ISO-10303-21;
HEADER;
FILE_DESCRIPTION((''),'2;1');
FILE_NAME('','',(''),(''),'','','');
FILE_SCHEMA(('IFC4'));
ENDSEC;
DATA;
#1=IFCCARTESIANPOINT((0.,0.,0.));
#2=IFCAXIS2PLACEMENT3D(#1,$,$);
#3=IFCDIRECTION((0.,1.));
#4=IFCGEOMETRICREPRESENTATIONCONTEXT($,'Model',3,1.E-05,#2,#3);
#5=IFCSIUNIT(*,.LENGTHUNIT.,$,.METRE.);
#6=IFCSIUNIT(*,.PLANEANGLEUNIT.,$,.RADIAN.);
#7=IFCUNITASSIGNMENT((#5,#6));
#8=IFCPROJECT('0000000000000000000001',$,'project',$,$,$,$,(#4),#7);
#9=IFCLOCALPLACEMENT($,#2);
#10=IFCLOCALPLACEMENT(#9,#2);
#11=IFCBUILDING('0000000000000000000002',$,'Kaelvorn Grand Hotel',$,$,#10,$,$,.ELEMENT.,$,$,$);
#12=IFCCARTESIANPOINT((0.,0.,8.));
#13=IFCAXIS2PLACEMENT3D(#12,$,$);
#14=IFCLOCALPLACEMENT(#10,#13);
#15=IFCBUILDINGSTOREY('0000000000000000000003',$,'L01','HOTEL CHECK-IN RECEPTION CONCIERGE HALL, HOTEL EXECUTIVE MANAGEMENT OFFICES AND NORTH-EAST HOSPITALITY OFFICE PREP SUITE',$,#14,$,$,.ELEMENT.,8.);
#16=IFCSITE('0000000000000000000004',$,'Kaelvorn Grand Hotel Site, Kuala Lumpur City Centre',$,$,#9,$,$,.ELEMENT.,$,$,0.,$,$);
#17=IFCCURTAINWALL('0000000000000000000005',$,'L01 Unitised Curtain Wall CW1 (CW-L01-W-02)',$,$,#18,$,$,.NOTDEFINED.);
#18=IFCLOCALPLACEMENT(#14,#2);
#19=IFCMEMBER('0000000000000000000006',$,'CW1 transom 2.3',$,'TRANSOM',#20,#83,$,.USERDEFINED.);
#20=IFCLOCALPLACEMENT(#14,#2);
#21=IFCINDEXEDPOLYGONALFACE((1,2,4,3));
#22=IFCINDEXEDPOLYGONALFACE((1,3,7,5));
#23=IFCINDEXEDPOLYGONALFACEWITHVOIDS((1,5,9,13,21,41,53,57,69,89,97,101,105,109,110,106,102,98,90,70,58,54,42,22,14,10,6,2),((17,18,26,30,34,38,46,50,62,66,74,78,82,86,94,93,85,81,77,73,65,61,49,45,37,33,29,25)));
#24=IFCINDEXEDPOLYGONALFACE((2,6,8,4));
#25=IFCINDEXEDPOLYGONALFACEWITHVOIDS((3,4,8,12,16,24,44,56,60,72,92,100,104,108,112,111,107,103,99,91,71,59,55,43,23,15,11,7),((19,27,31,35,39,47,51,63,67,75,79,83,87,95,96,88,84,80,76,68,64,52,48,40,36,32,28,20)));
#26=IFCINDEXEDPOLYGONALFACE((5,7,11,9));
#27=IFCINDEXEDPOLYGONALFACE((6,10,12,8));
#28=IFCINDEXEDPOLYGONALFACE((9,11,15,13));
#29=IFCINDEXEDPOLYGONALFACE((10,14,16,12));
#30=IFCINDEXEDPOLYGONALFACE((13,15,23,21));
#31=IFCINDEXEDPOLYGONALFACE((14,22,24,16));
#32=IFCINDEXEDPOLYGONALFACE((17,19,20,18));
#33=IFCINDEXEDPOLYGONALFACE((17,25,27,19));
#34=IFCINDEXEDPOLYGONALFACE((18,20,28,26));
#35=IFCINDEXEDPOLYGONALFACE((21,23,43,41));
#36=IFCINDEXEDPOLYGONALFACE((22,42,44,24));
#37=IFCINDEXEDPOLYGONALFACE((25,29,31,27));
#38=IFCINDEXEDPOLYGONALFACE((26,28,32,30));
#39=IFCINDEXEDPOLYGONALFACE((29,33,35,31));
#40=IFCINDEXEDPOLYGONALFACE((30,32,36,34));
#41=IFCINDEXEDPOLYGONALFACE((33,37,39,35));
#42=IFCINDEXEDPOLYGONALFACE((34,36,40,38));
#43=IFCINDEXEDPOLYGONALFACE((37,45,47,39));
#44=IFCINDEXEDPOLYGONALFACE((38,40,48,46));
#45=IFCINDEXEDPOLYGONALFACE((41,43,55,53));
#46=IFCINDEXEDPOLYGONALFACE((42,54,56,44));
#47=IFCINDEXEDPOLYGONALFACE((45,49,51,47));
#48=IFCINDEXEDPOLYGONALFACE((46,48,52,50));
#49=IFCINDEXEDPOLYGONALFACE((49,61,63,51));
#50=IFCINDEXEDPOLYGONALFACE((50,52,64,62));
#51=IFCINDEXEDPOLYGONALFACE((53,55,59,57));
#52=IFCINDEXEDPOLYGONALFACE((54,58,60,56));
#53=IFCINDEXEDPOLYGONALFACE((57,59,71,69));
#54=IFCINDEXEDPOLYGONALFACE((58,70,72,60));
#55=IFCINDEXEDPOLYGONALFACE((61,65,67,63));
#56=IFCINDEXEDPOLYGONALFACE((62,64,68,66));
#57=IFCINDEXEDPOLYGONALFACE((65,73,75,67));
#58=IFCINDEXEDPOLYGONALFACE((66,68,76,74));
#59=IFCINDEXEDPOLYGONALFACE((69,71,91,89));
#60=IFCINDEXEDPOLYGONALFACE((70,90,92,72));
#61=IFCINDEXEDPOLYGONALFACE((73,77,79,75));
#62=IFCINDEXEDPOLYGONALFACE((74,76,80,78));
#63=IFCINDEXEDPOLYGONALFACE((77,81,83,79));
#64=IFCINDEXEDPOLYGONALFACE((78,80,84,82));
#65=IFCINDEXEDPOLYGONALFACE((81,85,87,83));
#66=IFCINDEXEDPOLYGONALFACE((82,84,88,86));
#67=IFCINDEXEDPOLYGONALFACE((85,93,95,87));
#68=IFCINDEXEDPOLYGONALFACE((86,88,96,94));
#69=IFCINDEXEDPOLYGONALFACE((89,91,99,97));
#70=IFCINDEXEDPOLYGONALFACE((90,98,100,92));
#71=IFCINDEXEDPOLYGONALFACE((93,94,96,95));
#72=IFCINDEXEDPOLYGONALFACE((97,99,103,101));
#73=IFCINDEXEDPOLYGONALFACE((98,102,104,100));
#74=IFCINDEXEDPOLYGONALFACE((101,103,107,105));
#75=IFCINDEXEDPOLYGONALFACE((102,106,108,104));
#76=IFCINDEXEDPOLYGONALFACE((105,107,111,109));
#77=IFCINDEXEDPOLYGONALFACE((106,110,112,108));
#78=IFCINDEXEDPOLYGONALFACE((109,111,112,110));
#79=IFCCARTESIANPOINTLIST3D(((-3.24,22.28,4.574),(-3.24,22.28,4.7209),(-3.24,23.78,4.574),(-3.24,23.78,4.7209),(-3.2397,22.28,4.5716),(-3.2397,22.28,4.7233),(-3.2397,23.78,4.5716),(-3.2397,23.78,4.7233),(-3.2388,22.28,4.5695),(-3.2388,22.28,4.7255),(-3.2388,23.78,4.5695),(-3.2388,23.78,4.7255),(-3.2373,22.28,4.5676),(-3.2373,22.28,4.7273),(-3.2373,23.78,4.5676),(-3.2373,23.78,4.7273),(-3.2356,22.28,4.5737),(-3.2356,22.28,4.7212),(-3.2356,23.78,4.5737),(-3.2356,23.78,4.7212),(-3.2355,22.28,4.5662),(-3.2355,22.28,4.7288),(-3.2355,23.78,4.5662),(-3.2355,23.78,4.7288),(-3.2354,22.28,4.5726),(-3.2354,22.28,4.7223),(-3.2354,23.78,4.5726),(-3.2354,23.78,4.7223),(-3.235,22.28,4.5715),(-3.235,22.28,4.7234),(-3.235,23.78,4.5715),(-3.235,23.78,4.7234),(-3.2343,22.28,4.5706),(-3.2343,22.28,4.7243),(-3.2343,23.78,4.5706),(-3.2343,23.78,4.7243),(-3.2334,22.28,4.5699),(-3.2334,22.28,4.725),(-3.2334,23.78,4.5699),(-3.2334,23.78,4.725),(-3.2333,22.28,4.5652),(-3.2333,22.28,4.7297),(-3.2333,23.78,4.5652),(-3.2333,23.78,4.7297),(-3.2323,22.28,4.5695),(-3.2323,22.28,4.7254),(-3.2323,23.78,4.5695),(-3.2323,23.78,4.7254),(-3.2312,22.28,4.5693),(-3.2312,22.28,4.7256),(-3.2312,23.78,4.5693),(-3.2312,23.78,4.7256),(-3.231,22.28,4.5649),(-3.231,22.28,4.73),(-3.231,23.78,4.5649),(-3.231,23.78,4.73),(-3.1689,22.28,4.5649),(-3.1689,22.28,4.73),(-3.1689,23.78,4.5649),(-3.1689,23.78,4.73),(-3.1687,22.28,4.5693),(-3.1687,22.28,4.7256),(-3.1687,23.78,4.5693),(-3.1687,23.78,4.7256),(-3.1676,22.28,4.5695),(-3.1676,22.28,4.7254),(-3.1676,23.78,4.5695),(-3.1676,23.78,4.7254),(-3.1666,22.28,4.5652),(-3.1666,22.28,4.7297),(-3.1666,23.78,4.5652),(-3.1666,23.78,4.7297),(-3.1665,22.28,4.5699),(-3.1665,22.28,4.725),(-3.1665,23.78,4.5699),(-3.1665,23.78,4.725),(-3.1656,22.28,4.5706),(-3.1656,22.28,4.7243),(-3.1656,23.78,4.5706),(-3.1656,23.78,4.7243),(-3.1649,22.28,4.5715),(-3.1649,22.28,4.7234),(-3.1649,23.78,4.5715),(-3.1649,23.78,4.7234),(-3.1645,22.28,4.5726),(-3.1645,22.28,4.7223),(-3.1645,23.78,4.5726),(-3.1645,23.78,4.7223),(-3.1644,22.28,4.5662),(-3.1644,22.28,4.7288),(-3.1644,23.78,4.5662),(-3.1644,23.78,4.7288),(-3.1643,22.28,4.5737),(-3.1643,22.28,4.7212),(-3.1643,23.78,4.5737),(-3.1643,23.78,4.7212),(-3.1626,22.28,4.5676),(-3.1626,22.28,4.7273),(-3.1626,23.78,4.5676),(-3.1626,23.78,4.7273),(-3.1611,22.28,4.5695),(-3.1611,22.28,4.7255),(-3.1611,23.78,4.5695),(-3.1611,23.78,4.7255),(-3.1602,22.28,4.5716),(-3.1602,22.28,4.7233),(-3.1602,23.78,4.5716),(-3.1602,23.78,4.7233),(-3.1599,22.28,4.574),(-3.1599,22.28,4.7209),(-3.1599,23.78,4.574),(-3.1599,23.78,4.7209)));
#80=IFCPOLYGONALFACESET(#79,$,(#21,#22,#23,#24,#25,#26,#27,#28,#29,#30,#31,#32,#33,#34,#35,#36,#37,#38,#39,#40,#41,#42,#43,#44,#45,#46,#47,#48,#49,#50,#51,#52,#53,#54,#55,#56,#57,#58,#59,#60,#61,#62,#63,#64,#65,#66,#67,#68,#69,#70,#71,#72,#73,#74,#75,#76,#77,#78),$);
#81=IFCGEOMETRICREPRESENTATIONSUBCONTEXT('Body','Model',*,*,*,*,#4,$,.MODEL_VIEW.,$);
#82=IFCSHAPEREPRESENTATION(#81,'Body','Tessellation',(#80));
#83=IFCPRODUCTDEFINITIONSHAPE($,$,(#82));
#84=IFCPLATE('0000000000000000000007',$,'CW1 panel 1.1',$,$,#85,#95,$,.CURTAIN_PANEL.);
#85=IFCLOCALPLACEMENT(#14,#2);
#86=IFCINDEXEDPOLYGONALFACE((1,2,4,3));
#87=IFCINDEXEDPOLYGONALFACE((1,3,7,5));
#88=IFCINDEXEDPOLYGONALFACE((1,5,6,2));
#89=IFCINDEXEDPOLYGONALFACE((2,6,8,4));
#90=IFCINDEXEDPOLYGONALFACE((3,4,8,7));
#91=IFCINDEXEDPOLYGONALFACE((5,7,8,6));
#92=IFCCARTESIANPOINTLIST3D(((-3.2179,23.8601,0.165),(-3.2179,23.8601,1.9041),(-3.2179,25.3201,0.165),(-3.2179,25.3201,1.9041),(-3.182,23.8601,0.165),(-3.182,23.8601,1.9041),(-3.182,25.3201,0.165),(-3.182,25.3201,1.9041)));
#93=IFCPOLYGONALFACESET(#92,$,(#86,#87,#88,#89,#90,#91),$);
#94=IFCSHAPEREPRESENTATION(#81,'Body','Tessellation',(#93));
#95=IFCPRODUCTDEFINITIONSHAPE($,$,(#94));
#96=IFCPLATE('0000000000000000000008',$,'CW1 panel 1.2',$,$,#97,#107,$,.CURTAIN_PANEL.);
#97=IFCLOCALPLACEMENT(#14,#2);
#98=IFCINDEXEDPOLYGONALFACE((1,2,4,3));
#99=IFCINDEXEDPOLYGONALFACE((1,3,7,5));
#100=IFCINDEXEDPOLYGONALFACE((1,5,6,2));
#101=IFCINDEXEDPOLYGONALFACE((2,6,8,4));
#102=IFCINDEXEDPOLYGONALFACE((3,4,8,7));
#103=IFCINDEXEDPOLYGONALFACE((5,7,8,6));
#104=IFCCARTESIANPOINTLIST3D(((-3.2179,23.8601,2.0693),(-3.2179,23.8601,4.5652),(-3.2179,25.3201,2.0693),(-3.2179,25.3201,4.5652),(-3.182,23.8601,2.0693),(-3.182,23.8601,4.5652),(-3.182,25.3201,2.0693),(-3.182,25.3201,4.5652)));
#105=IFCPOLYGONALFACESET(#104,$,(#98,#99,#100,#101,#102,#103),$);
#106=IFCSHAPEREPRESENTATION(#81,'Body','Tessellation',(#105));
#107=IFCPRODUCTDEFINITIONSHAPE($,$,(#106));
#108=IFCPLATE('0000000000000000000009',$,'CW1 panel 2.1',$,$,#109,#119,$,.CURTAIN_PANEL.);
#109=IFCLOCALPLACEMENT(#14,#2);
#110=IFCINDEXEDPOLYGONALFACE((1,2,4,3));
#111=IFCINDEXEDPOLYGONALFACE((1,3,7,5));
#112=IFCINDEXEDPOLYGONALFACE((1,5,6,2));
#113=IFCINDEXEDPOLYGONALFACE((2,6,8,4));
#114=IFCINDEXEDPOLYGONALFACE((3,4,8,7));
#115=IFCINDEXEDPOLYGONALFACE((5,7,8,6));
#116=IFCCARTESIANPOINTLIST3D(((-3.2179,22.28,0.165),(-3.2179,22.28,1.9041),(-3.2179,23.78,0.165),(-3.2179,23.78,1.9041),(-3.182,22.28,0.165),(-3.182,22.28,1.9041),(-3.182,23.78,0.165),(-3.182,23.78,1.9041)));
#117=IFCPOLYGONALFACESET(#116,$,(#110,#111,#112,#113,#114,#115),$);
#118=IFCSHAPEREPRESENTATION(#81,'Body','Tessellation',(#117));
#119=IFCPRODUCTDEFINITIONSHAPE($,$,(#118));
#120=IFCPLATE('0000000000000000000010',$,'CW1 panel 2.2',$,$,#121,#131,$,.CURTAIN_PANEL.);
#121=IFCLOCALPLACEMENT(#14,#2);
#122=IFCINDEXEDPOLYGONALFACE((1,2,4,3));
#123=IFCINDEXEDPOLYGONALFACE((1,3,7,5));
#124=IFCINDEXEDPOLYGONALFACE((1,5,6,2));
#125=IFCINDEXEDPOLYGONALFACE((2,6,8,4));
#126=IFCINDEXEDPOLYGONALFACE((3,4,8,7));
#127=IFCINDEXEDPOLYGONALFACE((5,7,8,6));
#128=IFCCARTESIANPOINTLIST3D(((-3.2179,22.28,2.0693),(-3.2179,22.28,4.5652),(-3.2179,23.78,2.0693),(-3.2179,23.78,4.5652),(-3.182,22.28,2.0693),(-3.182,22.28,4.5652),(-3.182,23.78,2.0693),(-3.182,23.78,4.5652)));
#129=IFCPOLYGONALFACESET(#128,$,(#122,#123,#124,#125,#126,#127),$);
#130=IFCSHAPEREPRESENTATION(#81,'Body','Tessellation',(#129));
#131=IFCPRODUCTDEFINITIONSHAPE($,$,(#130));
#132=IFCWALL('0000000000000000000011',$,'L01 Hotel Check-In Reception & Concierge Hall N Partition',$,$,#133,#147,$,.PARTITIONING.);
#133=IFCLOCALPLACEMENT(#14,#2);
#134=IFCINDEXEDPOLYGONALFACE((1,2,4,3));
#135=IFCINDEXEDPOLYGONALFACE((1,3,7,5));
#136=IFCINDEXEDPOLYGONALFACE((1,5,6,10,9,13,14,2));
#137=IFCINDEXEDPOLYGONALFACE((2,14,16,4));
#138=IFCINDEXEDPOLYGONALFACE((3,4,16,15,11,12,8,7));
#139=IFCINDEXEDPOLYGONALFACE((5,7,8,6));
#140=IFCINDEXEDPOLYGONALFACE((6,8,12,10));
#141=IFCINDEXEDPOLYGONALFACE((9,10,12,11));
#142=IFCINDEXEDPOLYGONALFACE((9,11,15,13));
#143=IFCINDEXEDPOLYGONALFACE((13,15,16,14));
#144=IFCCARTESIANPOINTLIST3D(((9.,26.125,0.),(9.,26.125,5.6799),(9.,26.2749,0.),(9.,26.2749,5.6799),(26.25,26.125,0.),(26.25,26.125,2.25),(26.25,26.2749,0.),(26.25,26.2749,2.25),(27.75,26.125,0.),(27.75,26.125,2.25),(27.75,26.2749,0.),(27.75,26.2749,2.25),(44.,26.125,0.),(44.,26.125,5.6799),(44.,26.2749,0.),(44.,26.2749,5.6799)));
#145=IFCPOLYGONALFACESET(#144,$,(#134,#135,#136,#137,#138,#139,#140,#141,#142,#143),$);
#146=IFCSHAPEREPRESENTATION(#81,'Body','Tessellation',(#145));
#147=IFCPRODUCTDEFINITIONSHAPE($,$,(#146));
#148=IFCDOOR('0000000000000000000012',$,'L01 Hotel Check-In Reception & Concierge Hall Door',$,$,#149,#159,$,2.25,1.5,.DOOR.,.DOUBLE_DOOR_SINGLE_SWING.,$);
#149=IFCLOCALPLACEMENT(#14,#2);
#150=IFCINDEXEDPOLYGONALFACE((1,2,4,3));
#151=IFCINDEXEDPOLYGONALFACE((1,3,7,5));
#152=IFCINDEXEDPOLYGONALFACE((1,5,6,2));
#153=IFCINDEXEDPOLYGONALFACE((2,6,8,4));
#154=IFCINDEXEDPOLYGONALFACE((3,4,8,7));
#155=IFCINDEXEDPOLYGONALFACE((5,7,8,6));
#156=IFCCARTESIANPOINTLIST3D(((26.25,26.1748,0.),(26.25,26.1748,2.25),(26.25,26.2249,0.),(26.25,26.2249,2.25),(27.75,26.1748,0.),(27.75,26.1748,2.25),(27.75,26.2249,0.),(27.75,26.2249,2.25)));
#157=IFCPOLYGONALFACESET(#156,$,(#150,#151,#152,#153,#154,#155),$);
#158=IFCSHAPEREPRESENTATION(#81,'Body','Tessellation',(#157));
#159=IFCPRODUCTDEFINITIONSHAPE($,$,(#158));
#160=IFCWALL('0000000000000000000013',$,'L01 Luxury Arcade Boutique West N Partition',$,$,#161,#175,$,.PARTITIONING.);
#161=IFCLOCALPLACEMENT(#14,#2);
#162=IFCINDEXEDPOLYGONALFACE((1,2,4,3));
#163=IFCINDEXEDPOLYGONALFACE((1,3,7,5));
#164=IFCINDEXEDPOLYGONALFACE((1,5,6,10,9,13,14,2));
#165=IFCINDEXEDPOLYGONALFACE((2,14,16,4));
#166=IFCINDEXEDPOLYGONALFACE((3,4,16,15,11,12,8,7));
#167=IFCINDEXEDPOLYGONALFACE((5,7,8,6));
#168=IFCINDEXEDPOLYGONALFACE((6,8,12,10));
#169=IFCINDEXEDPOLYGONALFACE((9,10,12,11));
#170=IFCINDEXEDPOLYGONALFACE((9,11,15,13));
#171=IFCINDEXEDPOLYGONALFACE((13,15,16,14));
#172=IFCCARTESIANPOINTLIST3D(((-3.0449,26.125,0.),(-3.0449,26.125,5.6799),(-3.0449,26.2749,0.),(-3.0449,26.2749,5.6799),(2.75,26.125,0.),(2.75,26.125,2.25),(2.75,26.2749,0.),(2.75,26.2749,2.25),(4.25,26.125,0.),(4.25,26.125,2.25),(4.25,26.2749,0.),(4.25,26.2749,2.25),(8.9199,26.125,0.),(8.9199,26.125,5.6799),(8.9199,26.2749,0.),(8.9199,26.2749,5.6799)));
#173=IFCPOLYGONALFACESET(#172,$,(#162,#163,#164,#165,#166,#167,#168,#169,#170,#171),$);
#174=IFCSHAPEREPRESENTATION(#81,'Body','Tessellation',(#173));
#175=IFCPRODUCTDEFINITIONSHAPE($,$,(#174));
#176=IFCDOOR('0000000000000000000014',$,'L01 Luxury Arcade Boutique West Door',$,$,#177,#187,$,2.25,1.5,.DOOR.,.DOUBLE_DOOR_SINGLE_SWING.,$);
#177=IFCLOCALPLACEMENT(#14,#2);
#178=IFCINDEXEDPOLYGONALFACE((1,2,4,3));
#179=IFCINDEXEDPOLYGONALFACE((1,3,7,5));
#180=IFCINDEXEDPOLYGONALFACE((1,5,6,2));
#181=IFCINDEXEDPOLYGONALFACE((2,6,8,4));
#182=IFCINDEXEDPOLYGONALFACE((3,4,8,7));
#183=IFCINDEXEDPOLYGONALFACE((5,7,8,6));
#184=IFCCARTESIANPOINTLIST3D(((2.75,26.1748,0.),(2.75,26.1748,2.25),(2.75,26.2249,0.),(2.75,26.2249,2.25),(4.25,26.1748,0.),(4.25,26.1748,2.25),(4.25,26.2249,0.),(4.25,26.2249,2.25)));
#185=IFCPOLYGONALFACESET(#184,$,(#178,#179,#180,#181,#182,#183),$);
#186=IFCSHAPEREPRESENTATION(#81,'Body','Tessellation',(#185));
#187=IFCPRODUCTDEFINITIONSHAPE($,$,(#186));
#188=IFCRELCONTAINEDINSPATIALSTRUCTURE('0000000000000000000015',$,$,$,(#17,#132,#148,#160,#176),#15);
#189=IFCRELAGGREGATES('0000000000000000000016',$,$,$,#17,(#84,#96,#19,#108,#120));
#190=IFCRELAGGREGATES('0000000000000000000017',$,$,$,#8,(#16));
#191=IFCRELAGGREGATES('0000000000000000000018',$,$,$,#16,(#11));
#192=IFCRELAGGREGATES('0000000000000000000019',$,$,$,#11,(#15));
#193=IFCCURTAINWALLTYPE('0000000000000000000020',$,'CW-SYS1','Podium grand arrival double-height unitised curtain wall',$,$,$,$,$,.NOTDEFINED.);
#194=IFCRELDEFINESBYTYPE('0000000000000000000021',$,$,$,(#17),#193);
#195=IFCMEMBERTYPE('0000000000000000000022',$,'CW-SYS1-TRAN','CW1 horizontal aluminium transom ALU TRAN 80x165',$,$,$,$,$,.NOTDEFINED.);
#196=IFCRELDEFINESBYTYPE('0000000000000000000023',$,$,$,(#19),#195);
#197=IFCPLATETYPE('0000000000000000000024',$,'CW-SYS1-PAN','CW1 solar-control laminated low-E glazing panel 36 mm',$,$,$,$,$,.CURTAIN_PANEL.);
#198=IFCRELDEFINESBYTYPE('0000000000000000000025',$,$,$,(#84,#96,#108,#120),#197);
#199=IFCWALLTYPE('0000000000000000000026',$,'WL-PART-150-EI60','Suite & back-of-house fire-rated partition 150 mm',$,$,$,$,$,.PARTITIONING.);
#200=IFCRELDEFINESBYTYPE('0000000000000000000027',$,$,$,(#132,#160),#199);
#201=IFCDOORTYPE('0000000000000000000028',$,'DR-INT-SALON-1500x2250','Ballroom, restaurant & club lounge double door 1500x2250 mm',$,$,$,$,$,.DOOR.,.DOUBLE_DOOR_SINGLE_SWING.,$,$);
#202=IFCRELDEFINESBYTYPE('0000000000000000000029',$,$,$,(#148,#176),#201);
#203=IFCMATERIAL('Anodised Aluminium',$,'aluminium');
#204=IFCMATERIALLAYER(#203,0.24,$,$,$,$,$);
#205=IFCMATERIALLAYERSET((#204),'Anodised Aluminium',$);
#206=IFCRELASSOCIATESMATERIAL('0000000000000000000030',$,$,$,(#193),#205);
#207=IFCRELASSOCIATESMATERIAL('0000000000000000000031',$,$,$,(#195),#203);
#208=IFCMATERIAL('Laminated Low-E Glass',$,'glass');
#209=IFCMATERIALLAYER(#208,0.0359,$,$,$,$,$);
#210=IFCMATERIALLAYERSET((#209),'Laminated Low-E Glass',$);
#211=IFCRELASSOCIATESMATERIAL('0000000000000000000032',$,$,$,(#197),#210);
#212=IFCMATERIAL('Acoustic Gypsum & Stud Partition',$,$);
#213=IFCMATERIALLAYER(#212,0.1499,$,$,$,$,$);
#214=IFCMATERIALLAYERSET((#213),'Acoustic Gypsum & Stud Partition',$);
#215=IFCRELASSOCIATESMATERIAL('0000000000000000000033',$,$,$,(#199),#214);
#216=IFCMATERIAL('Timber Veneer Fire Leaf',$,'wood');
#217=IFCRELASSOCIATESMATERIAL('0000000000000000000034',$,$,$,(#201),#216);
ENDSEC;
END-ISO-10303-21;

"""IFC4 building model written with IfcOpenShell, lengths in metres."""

from ifc_helpers import new_model, si_unit, direction, frame, frame_2d, origin, origin_2d, place, context, subcontext, project, spatial, rectangle, hollow_rectangle, extrude, material, layer, layer_set, material_profile, profile_set, type_object, element, fill, aggregate, save


model = new_model("IFC4")

# Units and contexts
model_context = context("Model", 3, precision=1e-05, world=origin(), true_north=direction((0.0, 1.0)))
body_context = subcontext(model_context, "Body", "Model", "MODEL_VIEW")
ifc_project = project(units=[si_unit("LENGTHUNIT", "METRE"), si_unit("PLANEANGLEUNIT", "RADIAN")], contexts=[model_context])

# Site, building, storey
site_placement = place(None, origin())
site = spatial("IfcSite", under=ifc_project, at=site_placement, Name="Kaelvorn Grand Hotel Site, Kuala Lumpur City Centre", CompositionType="ELEMENT", RefElevation=0.0)
building_placement = place(site_placement, origin())
building = spatial("IfcBuilding", under=site, at=building_placement, Name="Kaelvorn Grand Hotel", CompositionType="ELEMENT")
storey_placement = place(building_placement, frame((0.0, 0.0, 8.0)))
storey = spatial("IfcBuildingStorey", under=building, at=storey_placement, Name="L01", Description="HOTEL CHECK-IN RECEPTION CONCIERGE HALL, HOTEL EXECUTIVE MANAGEMENT OFFICES AND NORTH-EAST HOSPITALITY OFFICE PREP SUITE", CompositionType="ELEMENT", Elevation=8.0)

# Curtain wall, member, plates
ifc_material_1 = material(Name="Anodised Aluminium", Category="aluminium")
ifc_layer_1 = layer(ifc_material_1, 0.24)
ifc_layer_set_1 = layer_set([ifc_layer_1], Name="Anodised Aluminium")
curtain_wall_type = type_object("IfcCurtainWallType", Name="CW-SYS1", Description="Podium grand arrival double-height unitised curtain wall", PredefinedType="NOTDEFINED", material=ifc_layer_set_1)
curtain_wall_placement = place(storey_placement, origin())
curtain_wall = element("IfcCurtainWall", 1, at=curtain_wall_placement, inside=storey, type_object=curtain_wall_type, Name="L01 Unitised Curtain Wall CW1 (CW-L01-W-02)", PredefinedType="NOTDEFINED")
ifc_material_profile_1 = material_profile(ifc_material_1, hollow_rectangle(XDim=0.0801, YDim=0.165, WallThickness=0.0044, InnerFilletRadius=0.0044, OuterFilletRadius=0.009, at=origin_2d()), Name="ALU TRAN 80x165")
ifc_profile_set_1 = profile_set([ifc_material_profile_1], Name="Anodised Aluminium")
member_type_1 = type_object("IfcMemberType", Name="CW-SYS1-TRAN", Description="CW1 horizontal aluminium transom ALU TRAN 80x165", PredefinedType="NOTDEFINED", material=ifc_profile_set_1)
member_1_placement = place(storey_placement, frame((-3.2, 23.78, 4.6475), z_axis=(0.0, -1.0, 0.0), x_axis=(1.0, 0.0, 0.0)))
member_1 = element("IfcMember", 2, at=member_1_placement, type_object=member_type_1, Name="CW1 transom 2.3", ObjectType="TRANSOM", PredefinedType="USERDEFINED", context=body_context, shape_type="SweptSolid", body=[
    extrude(hollow_rectangle(XDim=0.0801, YDim=0.165, WallThickness=0.0044, InnerFilletRadius=0.0044, OuterFilletRadius=0.009, at=origin_2d()), origin(), (0.0, 0.0, 1.0), 1.5),
])
ifc_material_2 = material(Name="Laminated Low-E Glass", Category="glass")
ifc_layer_2 = layer(ifc_material_2, 0.0359)
ifc_layer_set_2 = layer_set([ifc_layer_2], Name="Laminated Low-E Glass")
plate_type = type_object("IfcPlateType", Name="CW-SYS1-PAN", Description="CW1 solar-control laminated low-E glazing panel 36 mm", PredefinedType="CURTAIN_PANEL", material=ifc_layer_set_2)
plate_1_placement = place(storey_placement, frame((-3.2, 24.5901, 0.165), z_axis=(0.0, 0.0, 1.0), x_axis=(0.0, -1.0, 0.0)))
plate_1 = element("IfcPlate", 3, at=plate_1_placement, type_object=plate_type, Name="CW1 panel 1.1", PredefinedType="CURTAIN_PANEL", context=body_context, shape_type="SweptSolid", body=[
    extrude(rectangle(XDim=1.46, YDim=0.0359, at=origin_2d()), origin(), (0.0, 0.0, 1.0), 1.739),
])
plate_2_placement = place(storey_placement, frame((-3.2, 24.5901, 2.0693), z_axis=(0.0, 0.0, 1.0), x_axis=(0.0, -1.0, 0.0)))
plate_2 = element("IfcPlate", 4, at=plate_2_placement, type_object=plate_type, Name="CW1 panel 1.2", PredefinedType="CURTAIN_PANEL", context=body_context, shape_type="SweptSolid", body=[
    extrude(rectangle(XDim=1.46, YDim=0.0359, at=origin_2d()), origin(), (0.0, 0.0, 1.0), 2.4958),
])
plate_3_placement = place(storey_placement, frame((-3.2, 23.03, 0.165), z_axis=(0.0, 0.0, 1.0), x_axis=(0.0, -1.0, 0.0)))
plate_3 = element("IfcPlate", 5, at=plate_3_placement, type_object=plate_type, Name="CW1 panel 2.1", PredefinedType="CURTAIN_PANEL", context=body_context, shape_type="SweptSolid", body=[
    extrude(rectangle(XDim=1.5, YDim=0.0359, at=origin_2d()), origin(), (0.0, 0.0, 1.0), 1.739),
])
plate_4_placement = place(storey_placement, frame((-3.2, 23.03, 2.0693), z_axis=(0.0, 0.0, 1.0), x_axis=(0.0, -1.0, 0.0)))
plate_4 = element("IfcPlate", 6, at=plate_4_placement, type_object=plate_type, Name="CW1 panel 2.2", PredefinedType="CURTAIN_PANEL", context=body_context, shape_type="SweptSolid", body=[
    extrude(rectangle(XDim=1.5, YDim=0.0359, at=origin_2d()), origin(), (0.0, 0.0, 1.0), 2.4958),
])
aggregate(curtain_wall, [plate_1, plate_2, member_1, plate_3, plate_4])

# Walls, openings, doors
ifc_material_3 = material(Name="Acoustic Gypsum & Stud Partition")
ifc_layer_3 = layer(ifc_material_3, 0.1499)
ifc_layer_set_3 = layer_set([ifc_layer_3], Name="Acoustic Gypsum & Stud Partition")
wall_type = type_object("IfcWallType", Name="WL-PART-150-EI60", Description="Suite & back-of-house fire-rated partition 150 mm", PredefinedType="PARTITIONING", material=ifc_layer_set_3)
wall_1_placement = place(storey_placement, frame((9.0, 26.2, 0.0), z_axis=(0.0, 0.0, 1.0), x_axis=(1.0, 0.0, 0.0)))
wall_1 = element("IfcWall", 7, at=wall_1_placement, inside=storey, type_object=wall_type, Name="L01 Hotel Check-In Reception & Concierge Hall N Partition", PredefinedType="PARTITIONING", context=body_context, shape_type="SweptSolid", body=[
    extrude(rectangle(XDim=35.0, YDim=0.1499, at=frame_2d((17.5, 0.0))), origin(), (0.0, 0.0, 1.0), 5.6799),
])
opening_1_placement = place(wall_1_placement, frame((17.25, 0.0, 0.0)))
opening_1 = element("IfcOpeningElement", 8, at=opening_1_placement, cuts=wall_1, PredefinedType="OPENING", context=body_context, shape_type="SweptSolid", body=[
    extrude(rectangle(XDim=1.5, YDim=2.25, at=frame_2d((0.75, 1.125))), frame((0.0, 0.085, 0.0), z_axis=(0.0, -1.0, 0.0), x_axis=(1.0, 0.0, 0.0)), (0.0, 0.0, 1.0), 0.1699),
])
ifc_material_4 = material(Name="Timber Veneer Fire Leaf", Category="wood")
door_type = type_object("IfcDoorType", Name="DR-INT-SALON-1500x2250", Description="Ballroom, restaurant & club lounge double door 1500x2250 mm", OperationType="DOUBLE_DOOR_SINGLE_SWING", PredefinedType="DOOR", material=ifc_material_4)
door_1_placement = place(opening_1_placement, origin())
door_1 = element("IfcDoor", 9, at=door_1_placement, inside=storey, type_object=door_type, Name="L01 Hotel Check-In Reception & Concierge Hall Door", OperationType="DOUBLE_DOOR_SINGLE_SWING", OverallHeight=2.25, OverallWidth=1.5, PredefinedType="DOOR", context=body_context, shape_type="SweptSolid", body=[
    extrude(rectangle(XDim=1.5, YDim=2.25, at=frame_2d((0.75, 1.125))), frame((0.0, 0.0249, 0.0), z_axis=(0.0, -1.0, 0.0), x_axis=(1.0, 0.0, 0.0)), (0.0, 0.0, 1.0), 0.05),
])
fill(opening_1, door_1)
wall_2_placement = place(storey_placement, frame((-3.0449, 26.2, 0.0), z_axis=(0.0, 0.0, 1.0), x_axis=(1.0, 0.0, 0.0)))
wall_2 = element("IfcWall", 10, at=wall_2_placement, inside=storey, type_object=wall_type, Name="L01 Luxury Arcade Boutique West N Partition", PredefinedType="PARTITIONING", context=body_context, shape_type="SweptSolid", body=[
    extrude(rectangle(XDim=11.9648, YDim=0.1499, at=frame_2d((5.9824, 0.0))), origin(), (0.0, 0.0, 1.0), 5.6799),
])
opening_2_placement = place(wall_2_placement, frame((5.7949, 0.0, 0.0)))
opening_2 = element("IfcOpeningElement", 11, at=opening_2_placement, cuts=wall_2, PredefinedType="OPENING", context=body_context, shape_type="SweptSolid", body=[
    extrude(rectangle(XDim=1.5, YDim=2.25, at=frame_2d((0.75, 1.125))), frame((0.0, 0.085, 0.0), z_axis=(0.0, -1.0, 0.0), x_axis=(1.0, 0.0, 0.0)), (0.0, 0.0, 1.0), 0.1699),
])
door_2_placement = place(opening_2_placement, origin())
door_2 = element("IfcDoor", 12, at=door_2_placement, inside=storey, type_object=door_type, Name="L01 Luxury Arcade Boutique West Door", OperationType="DOUBLE_DOOR_SINGLE_SWING", OverallHeight=2.25, OverallWidth=1.5, PredefinedType="DOOR", context=body_context, shape_type="SweptSolid", body=[
    extrude(rectangle(XDim=1.5, YDim=2.25, at=frame_2d((0.75, 1.125))), frame((0.0, 0.0249, 0.0), z_axis=(0.0, -1.0, 0.0), x_axis=(1.0, 0.0, 0.0)), (0.0, 0.0, 1.0), 0.05),
])
fill(opening_2, door_2)

save(model, "model.ifc")
